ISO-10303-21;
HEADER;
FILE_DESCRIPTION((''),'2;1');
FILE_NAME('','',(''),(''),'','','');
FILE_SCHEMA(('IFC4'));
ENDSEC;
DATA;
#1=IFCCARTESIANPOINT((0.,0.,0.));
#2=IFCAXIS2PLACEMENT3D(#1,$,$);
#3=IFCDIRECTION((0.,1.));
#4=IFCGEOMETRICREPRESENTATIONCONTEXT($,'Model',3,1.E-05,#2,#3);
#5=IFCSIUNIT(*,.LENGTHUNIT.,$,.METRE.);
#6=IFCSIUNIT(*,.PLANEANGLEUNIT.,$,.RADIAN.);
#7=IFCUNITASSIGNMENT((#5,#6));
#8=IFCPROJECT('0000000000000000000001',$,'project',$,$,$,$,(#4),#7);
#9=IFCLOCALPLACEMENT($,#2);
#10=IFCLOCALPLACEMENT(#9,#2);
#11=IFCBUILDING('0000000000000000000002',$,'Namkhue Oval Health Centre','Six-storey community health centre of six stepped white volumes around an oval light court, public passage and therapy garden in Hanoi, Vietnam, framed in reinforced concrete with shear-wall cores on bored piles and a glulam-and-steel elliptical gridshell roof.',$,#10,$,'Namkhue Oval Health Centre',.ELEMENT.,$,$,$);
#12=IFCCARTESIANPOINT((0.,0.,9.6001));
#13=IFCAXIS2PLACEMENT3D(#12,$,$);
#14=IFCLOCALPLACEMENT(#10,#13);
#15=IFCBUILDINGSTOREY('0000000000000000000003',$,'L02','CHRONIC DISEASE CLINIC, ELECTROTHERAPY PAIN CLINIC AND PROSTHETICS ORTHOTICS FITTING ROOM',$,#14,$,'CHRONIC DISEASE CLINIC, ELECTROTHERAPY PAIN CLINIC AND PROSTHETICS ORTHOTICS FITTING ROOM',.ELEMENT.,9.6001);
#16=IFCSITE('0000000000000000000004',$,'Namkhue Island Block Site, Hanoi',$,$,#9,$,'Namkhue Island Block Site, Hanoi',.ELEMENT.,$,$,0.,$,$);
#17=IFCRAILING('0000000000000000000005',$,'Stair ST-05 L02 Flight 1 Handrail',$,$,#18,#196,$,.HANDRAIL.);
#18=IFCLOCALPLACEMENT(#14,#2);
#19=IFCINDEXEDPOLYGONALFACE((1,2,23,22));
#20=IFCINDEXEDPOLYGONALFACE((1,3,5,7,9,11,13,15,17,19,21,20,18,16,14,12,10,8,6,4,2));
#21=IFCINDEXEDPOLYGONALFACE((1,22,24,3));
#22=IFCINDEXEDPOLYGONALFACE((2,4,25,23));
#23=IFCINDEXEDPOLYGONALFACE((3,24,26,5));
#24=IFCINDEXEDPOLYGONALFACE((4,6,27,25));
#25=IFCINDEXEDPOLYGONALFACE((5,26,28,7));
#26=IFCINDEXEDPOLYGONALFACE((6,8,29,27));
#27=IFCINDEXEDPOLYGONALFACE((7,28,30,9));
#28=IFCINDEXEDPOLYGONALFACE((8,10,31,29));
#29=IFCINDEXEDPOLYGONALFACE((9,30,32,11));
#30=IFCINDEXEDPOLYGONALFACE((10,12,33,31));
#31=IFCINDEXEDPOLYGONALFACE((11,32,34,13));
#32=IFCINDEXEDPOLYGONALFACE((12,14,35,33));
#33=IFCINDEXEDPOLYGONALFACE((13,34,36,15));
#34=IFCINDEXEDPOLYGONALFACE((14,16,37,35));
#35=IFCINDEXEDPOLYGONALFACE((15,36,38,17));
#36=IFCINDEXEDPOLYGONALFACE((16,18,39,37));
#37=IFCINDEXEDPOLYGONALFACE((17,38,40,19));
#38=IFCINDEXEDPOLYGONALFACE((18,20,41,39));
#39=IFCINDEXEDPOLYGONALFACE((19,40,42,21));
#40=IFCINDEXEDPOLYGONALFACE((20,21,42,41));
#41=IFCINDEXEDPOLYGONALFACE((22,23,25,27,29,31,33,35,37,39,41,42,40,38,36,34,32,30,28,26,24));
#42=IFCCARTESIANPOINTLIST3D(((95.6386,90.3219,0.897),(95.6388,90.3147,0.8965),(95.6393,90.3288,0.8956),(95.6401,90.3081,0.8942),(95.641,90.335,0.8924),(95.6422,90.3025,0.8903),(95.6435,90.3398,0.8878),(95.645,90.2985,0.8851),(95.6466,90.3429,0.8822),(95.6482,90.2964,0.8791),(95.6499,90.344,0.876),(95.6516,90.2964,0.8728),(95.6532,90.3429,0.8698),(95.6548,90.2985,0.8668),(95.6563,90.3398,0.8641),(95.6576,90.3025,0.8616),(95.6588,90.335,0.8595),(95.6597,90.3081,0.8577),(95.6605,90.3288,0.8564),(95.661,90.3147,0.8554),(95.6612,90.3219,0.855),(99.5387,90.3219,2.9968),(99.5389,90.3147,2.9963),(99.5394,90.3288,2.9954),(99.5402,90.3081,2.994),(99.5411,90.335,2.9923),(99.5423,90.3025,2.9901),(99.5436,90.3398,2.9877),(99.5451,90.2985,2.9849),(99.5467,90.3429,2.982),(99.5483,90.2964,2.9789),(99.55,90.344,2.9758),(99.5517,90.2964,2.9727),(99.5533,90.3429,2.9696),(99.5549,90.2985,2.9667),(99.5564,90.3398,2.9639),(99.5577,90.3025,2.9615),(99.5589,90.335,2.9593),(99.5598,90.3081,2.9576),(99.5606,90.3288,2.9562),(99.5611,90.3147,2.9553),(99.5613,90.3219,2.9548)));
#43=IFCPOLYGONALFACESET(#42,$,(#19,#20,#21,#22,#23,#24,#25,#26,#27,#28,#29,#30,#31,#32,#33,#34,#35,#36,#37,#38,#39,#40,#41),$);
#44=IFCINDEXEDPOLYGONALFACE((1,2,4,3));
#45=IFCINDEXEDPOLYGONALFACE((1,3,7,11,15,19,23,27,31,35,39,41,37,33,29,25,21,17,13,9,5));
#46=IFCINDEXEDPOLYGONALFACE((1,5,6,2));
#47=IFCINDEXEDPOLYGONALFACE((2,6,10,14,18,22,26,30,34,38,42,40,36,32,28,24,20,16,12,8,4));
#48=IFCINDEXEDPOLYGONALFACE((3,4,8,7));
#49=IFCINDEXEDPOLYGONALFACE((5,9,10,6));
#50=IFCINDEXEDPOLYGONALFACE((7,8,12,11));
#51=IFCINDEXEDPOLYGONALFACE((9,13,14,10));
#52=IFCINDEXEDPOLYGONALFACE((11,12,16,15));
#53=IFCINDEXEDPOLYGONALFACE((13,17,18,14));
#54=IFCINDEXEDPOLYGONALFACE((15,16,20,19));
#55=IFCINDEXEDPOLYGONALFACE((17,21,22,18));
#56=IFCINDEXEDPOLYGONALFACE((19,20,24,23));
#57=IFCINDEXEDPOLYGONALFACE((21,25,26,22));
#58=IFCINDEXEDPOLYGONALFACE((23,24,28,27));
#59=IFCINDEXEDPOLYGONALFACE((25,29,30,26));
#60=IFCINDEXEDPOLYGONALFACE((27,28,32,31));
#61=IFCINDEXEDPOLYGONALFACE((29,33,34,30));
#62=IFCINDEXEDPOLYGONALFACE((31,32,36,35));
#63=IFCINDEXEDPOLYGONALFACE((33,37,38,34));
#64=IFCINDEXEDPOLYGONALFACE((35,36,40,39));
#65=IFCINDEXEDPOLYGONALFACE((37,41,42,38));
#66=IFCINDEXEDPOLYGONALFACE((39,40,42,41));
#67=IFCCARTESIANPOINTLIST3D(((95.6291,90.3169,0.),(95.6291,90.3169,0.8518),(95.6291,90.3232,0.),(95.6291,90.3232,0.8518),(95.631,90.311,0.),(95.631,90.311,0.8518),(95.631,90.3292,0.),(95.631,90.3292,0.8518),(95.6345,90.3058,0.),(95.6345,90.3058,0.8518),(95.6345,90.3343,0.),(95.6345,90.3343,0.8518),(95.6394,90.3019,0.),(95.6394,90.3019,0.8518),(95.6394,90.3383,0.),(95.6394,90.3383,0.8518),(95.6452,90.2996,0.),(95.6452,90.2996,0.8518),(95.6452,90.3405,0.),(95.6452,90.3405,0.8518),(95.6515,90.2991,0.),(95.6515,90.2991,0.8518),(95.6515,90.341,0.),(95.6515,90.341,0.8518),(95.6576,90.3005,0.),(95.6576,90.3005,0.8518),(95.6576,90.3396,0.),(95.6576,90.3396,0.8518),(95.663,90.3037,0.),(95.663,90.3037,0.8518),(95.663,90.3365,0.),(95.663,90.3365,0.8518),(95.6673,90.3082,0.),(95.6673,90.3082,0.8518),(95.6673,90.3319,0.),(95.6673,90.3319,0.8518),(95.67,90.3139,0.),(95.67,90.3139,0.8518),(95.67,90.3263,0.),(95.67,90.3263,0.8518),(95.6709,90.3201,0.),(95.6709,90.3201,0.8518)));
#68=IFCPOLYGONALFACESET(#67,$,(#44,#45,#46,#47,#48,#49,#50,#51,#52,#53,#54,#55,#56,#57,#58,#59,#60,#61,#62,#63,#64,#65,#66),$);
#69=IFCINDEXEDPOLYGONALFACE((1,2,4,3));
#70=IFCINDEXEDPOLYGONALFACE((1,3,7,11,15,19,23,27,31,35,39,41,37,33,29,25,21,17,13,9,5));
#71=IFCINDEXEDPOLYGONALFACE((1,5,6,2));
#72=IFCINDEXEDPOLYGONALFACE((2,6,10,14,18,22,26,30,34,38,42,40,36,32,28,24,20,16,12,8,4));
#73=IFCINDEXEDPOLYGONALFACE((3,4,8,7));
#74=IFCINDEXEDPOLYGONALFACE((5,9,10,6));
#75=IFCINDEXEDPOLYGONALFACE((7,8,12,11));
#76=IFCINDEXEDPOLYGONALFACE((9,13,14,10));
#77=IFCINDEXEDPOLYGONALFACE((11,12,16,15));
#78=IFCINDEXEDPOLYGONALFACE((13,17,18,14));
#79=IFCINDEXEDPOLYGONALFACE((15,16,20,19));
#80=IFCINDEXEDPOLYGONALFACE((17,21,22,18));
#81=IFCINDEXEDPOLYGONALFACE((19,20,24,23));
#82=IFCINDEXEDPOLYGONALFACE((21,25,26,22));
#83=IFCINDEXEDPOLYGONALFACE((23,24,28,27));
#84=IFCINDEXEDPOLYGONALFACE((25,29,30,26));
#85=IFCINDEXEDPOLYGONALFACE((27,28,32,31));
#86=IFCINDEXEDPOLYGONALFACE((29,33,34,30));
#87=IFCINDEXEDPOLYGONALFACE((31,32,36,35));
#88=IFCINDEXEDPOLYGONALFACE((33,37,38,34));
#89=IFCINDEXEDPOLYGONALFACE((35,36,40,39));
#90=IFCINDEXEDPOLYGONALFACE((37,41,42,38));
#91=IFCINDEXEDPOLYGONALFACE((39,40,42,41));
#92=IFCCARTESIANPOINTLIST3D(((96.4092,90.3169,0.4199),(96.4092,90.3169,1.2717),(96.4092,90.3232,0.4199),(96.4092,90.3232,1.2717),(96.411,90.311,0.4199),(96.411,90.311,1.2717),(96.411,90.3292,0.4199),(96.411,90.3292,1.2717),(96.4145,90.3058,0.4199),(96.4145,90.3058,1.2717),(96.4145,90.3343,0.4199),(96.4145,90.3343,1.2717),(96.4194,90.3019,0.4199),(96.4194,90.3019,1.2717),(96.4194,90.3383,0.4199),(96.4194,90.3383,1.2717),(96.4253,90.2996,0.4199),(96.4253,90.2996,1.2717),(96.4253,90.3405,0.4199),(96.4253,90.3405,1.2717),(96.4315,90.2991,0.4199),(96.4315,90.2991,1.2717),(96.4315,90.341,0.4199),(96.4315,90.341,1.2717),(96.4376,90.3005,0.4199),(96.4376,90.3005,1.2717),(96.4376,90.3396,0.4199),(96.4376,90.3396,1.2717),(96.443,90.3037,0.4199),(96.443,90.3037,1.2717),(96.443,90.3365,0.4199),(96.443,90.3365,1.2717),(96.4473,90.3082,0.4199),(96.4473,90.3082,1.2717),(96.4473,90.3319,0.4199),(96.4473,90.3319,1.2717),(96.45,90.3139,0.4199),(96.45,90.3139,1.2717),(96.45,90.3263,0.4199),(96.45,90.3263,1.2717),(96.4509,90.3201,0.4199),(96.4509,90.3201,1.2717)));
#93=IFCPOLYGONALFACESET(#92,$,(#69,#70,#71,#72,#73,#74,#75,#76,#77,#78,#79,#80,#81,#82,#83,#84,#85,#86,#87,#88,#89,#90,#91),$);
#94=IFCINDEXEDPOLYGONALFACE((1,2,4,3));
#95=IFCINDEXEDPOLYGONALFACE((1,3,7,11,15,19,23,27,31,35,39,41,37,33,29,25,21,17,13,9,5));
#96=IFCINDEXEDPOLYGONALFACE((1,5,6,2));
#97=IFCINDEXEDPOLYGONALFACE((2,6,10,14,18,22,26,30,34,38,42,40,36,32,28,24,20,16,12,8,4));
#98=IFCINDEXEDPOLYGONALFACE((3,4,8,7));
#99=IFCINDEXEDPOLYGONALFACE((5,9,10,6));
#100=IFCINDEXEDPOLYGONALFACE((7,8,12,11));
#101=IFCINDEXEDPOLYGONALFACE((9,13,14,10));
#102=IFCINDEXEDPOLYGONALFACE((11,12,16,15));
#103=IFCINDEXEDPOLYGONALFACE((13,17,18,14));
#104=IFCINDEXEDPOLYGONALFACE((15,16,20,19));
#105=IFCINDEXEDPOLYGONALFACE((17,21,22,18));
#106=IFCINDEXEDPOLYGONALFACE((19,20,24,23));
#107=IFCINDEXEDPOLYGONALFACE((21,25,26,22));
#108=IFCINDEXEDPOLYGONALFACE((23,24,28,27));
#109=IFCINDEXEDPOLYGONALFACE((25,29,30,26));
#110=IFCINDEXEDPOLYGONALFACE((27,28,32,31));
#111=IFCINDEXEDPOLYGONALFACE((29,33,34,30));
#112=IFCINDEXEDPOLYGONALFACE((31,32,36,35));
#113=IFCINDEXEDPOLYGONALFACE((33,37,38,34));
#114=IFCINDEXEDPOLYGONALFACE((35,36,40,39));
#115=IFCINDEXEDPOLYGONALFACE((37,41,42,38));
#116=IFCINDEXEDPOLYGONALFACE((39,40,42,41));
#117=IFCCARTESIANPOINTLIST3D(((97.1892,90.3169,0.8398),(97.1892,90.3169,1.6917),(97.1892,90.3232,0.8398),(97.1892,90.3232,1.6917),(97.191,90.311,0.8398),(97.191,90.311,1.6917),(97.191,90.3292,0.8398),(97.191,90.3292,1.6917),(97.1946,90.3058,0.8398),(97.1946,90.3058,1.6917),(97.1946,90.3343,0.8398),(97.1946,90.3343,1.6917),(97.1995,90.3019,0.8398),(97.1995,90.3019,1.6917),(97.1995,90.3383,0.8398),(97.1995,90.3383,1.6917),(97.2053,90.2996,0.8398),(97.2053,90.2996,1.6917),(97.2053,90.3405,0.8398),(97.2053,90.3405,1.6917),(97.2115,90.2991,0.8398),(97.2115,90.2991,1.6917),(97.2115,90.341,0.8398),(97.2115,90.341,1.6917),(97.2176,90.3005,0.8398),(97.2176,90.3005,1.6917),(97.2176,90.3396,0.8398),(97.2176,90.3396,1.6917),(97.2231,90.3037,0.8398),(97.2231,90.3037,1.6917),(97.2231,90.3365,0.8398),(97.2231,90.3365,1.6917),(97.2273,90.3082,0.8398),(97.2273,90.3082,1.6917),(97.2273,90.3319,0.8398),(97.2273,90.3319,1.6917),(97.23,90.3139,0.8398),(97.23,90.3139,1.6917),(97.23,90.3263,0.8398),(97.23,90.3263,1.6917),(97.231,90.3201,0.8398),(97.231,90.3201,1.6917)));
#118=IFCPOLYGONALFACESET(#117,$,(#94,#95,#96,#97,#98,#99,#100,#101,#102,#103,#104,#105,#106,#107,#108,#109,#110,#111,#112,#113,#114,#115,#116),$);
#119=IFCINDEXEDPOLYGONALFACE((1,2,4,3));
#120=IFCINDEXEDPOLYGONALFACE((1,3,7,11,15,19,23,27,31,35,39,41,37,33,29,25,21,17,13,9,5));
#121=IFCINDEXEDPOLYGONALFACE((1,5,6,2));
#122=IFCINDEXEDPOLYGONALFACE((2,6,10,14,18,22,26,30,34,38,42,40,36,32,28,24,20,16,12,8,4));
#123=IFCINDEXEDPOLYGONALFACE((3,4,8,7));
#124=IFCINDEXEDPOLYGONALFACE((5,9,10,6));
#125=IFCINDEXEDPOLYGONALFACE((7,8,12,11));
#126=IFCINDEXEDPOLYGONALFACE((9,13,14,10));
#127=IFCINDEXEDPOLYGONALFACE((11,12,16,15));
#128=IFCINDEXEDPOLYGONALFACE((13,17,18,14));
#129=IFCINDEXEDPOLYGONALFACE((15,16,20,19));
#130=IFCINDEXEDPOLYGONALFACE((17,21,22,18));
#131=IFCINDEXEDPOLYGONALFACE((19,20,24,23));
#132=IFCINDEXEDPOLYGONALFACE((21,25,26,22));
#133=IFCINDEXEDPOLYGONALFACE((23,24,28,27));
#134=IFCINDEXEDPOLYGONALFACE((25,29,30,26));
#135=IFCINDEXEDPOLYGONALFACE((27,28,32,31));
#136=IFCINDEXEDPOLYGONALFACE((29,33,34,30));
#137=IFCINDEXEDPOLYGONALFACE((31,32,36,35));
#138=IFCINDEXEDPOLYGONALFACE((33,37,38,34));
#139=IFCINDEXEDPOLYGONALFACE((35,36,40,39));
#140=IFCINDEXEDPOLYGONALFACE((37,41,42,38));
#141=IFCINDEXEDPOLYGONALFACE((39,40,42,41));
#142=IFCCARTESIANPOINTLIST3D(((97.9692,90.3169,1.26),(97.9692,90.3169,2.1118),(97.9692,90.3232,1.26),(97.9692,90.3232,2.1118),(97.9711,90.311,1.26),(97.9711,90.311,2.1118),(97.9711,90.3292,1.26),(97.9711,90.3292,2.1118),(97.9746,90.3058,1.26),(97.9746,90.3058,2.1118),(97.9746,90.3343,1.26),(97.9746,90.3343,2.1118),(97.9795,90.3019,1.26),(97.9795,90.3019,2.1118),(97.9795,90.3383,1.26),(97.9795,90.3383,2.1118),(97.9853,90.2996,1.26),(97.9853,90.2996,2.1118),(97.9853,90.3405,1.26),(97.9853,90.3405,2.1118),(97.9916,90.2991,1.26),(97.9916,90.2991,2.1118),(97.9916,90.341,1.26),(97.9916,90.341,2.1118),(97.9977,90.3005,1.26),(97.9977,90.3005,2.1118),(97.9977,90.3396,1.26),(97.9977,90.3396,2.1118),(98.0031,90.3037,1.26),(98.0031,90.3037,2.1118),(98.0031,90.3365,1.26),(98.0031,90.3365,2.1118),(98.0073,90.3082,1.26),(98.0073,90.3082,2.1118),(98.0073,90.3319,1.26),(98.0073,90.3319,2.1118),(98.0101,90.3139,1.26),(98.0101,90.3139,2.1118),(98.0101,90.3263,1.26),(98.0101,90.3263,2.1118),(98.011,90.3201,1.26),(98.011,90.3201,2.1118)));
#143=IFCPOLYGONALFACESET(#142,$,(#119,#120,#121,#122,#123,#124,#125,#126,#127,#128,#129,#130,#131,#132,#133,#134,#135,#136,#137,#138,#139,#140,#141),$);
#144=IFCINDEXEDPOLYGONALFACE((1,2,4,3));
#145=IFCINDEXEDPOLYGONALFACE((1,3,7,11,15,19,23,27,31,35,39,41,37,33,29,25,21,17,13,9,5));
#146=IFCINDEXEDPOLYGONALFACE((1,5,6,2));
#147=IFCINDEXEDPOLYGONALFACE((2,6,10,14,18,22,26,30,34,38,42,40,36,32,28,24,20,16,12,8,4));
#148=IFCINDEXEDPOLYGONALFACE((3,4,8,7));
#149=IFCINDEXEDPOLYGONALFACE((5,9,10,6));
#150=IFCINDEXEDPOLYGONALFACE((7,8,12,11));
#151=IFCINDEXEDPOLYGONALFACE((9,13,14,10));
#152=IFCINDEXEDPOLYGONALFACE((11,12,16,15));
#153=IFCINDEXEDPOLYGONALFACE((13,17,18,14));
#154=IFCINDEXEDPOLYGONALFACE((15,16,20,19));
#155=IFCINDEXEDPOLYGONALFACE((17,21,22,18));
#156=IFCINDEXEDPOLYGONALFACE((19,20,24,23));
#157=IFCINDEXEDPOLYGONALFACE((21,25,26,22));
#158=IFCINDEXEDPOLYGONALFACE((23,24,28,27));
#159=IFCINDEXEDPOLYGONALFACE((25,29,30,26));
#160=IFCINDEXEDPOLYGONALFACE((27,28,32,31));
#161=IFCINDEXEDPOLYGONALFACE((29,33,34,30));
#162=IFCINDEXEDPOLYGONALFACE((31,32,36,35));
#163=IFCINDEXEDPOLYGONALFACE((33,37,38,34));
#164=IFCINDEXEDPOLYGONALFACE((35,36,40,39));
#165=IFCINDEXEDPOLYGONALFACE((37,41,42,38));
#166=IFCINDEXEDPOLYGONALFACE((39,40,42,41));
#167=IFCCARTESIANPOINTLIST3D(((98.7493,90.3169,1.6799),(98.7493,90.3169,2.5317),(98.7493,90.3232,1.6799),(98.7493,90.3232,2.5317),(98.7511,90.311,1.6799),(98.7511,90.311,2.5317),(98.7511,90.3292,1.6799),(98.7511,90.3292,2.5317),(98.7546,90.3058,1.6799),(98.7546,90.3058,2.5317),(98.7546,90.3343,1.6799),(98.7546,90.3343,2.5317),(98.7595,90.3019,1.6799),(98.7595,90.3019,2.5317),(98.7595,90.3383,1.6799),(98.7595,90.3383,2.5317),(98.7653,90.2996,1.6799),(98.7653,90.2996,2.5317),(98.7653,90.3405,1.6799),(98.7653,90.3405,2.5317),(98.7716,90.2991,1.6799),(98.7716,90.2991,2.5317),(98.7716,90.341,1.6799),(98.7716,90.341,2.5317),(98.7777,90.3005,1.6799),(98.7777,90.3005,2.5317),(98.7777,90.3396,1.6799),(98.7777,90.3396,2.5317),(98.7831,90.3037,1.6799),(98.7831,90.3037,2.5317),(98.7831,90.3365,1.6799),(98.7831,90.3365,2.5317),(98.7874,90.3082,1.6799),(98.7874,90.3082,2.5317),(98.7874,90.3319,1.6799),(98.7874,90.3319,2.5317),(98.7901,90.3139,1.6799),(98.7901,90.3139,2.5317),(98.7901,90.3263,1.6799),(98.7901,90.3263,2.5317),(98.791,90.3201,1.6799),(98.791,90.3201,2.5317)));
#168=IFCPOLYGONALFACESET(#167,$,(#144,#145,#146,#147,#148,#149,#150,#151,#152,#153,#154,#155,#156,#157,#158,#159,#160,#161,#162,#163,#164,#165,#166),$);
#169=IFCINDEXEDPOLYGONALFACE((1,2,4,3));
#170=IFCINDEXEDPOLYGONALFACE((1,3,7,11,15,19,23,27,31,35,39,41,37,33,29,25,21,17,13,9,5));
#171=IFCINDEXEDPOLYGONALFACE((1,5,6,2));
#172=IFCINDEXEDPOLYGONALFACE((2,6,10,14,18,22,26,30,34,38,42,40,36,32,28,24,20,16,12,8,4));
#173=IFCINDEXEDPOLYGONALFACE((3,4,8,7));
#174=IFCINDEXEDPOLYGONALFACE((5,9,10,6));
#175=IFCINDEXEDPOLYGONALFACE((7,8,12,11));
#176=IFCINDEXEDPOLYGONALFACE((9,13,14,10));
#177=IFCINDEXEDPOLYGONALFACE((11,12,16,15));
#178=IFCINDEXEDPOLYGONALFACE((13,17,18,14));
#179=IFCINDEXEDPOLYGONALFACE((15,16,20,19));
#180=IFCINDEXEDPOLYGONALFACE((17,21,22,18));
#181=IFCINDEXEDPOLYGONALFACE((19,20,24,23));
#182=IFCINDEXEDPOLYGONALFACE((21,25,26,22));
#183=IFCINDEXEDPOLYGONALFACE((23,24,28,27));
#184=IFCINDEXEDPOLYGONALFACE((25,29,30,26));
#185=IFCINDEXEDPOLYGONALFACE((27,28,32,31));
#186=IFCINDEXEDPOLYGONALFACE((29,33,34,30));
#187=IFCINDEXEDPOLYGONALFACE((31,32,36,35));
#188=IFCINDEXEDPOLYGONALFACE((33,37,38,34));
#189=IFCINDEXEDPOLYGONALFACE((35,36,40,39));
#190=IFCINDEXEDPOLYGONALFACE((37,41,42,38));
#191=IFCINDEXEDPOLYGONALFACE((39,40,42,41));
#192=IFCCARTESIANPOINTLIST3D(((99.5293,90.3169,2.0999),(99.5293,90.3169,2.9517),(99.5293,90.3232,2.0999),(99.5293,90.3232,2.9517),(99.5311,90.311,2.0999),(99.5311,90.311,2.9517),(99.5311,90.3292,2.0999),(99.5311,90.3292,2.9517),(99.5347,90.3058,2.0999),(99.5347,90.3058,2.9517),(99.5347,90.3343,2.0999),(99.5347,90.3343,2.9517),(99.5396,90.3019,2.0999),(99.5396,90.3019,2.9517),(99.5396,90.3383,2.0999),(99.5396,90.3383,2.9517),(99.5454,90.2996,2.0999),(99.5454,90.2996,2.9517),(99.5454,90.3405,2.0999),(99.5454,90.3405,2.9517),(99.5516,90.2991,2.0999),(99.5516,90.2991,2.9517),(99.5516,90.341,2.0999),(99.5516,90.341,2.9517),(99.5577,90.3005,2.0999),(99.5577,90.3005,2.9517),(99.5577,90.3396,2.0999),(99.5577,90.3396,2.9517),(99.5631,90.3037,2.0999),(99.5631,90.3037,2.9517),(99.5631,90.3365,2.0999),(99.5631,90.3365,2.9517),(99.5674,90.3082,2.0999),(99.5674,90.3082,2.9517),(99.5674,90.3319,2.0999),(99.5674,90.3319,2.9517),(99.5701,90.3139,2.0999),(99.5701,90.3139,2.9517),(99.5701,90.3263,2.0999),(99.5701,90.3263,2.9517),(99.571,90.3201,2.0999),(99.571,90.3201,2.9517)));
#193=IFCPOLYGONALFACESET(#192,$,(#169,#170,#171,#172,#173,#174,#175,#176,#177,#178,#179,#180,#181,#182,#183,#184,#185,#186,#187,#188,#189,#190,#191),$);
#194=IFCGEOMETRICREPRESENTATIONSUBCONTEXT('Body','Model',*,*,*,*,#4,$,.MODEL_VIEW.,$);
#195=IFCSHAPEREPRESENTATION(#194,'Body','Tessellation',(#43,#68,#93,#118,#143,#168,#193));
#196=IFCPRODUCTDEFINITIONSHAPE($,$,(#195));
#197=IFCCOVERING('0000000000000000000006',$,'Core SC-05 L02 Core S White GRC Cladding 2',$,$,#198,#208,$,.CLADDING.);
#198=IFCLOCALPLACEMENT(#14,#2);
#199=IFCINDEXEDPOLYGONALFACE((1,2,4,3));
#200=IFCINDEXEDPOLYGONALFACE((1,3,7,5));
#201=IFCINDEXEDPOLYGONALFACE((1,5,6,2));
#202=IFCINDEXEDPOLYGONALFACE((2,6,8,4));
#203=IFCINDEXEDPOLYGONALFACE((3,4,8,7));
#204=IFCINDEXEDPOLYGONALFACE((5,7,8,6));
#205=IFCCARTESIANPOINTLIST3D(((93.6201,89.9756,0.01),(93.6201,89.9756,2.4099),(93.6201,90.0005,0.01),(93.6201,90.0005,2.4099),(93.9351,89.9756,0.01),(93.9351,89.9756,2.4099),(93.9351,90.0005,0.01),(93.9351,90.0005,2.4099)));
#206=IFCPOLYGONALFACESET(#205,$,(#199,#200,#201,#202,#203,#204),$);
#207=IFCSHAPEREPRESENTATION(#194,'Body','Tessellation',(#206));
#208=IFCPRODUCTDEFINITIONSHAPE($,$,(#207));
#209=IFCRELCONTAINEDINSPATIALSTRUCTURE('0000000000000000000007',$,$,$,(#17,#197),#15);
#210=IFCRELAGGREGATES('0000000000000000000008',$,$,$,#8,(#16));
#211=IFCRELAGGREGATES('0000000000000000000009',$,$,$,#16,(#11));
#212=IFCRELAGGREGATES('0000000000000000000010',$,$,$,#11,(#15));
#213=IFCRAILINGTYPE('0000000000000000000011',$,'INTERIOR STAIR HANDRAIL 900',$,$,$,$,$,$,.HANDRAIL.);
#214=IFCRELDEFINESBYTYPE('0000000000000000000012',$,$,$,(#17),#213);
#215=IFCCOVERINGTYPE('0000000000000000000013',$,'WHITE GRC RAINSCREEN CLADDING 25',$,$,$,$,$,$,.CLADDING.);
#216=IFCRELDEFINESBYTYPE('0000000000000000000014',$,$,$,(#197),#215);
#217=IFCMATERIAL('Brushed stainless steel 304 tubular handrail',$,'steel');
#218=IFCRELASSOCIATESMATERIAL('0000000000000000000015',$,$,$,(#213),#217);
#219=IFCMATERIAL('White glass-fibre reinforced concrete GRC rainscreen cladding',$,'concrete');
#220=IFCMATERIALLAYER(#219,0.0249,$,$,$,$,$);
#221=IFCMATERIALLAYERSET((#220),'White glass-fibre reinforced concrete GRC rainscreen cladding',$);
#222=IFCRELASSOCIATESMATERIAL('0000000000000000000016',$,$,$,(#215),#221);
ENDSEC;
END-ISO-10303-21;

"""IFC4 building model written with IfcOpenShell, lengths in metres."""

from ifc_helpers import new_model, si_unit, direction, frame, origin, origin_2d, place, context, subcontext, project, spatial, rectangle, circle, extrude, material, layer, layer_set, type_object, element, save


model = new_model("IFC4")

# Units and contexts
model_context = context("Model", 3, precision=1e-05, world=origin(), true_north=direction((0.0, 1.0)))
body_context = subcontext(model_context, "Body", "Model", "MODEL_VIEW")
ifc_project = project(units=[si_unit("LENGTHUNIT", "METRE"), si_unit("PLANEANGLEUNIT", "RADIAN")], contexts=[model_context])

# Site, building, storey
site_placement = place(None, origin())
site = spatial("IfcSite", under=ifc_project, at=site_placement, Name="Namkhue Island Block Site, Hanoi", LongName="Namkhue Island Block Site, Hanoi", CompositionType="ELEMENT", RefElevation=0.0)
building_placement = place(site_placement, origin())
building = spatial("IfcBuilding", under=site, at=building_placement, Name="Namkhue Oval Health Centre", Description="Six-storey community health centre of six stepped white volumes around an oval light court, public passage and therapy garden in Hanoi, Vietnam, framed in reinforced concrete with shear-wall cores on bored piles and a glulam-and-steel elliptical gridshell roof.", LongName="Namkhue Oval Health Centre", CompositionType="ELEMENT")
storey_placement = place(building_placement, frame((0.0, 0.0, 9.6001)))
storey = spatial("IfcBuildingStorey", under=building, at=storey_placement, Name="L02", Description="CHRONIC DISEASE CLINIC, ELECTROTHERAPY PAIN CLINIC AND PROSTHETICS ORTHOTICS FITTING ROOM", LongName="CHRONIC DISEASE CLINIC, ELECTROTHERAPY PAIN CLINIC AND PROSTHETICS ORTHOTICS FITTING ROOM", CompositionType="ELEMENT", Elevation=9.6001)

# Railing
ifc_material_1 = material(Name="Brushed stainless steel 304 tubular handrail", Category="steel")
railing_type_1 = type_object("IfcRailingType", Name="INTERIOR STAIR HANDRAIL 900", PredefinedType="HANDRAIL", material=ifc_material_1)
railing_1_placement = place(storey_placement, frame((95.6499, 90.3201, 0.0)))
element("IfcRailing", 1, at=railing_1_placement, inside=storey, type_object=railing_type_1, Name="Stair ST-05 L02 Flight 1 Handrail", PredefinedType="HANDRAIL", context=body_context, shape_type="SweptSolid", body=[
    extrude(circle(Radius=0.0239, at=origin_2d()), frame((0.0, 0.0, 0.876), z_axis=(0.880492, 0.0, 0.47406), x_axis=(0.0, 1.0, 0.0)), (0.0, 0.0, 1.0), 4.4294),
    extrude(circle(Radius=0.021, at=origin_2d()), origin(), (0.0, 0.0, 1.0), 0.8518),
    extrude(circle(Radius=0.021, at=origin_2d()), frame((0.78, 0.0, 0.4199)), (0.0, 0.0, 1.0), 0.8518),
    extrude(circle(Radius=0.021, at=origin_2d()), frame((1.5601, 0.0, 0.8398)), (0.0, 0.0, 1.0), 0.8518),
    extrude(circle(Radius=0.021, at=origin_2d()), frame((2.3401, 0.0, 1.26)), (0.0, 0.0, 1.0), 0.8518),
    extrude(circle(Radius=0.021, at=origin_2d()), frame((3.1201, 0.0, 1.6799)), (0.0, 0.0, 1.0), 0.8518),
    extrude(circle(Radius=0.021, at=origin_2d()), frame((3.9001, 0.0, 2.0999)), (0.0, 0.0, 1.0), 0.8518),
])

# Covering
ifc_material_2 = material(Name="White glass-fibre reinforced concrete GRC rainscreen cladding", Category="concrete")
ifc_layer_1 = layer(ifc_material_2, 0.0249)
ifc_layer_set_1 = layer_set([ifc_layer_1], Name="White glass-fibre reinforced concrete GRC rainscreen cladding")
covering_type = type_object("IfcCoveringType", Name="WHITE GRC RAINSCREEN CLADDING 25", PredefinedType="CLADDING", material=ifc_layer_set_1)
covering_1_placement = place(storey_placement, frame((93.7776, 89.988, 0.01), z_axis=(0.0, 0.0, 1.0), x_axis=(1.0, 0.0, 0.0)))
element("IfcCovering", 2, at=covering_1_placement, inside=storey, type_object=covering_type, Name="Core SC-05 L02 Core S White GRC Cladding 2", PredefinedType="CLADDING", context=body_context, shape_type="SweptSolid", body=[
    extrude(rectangle(XDim=0.3149, YDim=0.0249, at=origin_2d()), origin(), (0.0, 0.0, 1.0), 2.3999),
])

save(model, "model.ifc")
